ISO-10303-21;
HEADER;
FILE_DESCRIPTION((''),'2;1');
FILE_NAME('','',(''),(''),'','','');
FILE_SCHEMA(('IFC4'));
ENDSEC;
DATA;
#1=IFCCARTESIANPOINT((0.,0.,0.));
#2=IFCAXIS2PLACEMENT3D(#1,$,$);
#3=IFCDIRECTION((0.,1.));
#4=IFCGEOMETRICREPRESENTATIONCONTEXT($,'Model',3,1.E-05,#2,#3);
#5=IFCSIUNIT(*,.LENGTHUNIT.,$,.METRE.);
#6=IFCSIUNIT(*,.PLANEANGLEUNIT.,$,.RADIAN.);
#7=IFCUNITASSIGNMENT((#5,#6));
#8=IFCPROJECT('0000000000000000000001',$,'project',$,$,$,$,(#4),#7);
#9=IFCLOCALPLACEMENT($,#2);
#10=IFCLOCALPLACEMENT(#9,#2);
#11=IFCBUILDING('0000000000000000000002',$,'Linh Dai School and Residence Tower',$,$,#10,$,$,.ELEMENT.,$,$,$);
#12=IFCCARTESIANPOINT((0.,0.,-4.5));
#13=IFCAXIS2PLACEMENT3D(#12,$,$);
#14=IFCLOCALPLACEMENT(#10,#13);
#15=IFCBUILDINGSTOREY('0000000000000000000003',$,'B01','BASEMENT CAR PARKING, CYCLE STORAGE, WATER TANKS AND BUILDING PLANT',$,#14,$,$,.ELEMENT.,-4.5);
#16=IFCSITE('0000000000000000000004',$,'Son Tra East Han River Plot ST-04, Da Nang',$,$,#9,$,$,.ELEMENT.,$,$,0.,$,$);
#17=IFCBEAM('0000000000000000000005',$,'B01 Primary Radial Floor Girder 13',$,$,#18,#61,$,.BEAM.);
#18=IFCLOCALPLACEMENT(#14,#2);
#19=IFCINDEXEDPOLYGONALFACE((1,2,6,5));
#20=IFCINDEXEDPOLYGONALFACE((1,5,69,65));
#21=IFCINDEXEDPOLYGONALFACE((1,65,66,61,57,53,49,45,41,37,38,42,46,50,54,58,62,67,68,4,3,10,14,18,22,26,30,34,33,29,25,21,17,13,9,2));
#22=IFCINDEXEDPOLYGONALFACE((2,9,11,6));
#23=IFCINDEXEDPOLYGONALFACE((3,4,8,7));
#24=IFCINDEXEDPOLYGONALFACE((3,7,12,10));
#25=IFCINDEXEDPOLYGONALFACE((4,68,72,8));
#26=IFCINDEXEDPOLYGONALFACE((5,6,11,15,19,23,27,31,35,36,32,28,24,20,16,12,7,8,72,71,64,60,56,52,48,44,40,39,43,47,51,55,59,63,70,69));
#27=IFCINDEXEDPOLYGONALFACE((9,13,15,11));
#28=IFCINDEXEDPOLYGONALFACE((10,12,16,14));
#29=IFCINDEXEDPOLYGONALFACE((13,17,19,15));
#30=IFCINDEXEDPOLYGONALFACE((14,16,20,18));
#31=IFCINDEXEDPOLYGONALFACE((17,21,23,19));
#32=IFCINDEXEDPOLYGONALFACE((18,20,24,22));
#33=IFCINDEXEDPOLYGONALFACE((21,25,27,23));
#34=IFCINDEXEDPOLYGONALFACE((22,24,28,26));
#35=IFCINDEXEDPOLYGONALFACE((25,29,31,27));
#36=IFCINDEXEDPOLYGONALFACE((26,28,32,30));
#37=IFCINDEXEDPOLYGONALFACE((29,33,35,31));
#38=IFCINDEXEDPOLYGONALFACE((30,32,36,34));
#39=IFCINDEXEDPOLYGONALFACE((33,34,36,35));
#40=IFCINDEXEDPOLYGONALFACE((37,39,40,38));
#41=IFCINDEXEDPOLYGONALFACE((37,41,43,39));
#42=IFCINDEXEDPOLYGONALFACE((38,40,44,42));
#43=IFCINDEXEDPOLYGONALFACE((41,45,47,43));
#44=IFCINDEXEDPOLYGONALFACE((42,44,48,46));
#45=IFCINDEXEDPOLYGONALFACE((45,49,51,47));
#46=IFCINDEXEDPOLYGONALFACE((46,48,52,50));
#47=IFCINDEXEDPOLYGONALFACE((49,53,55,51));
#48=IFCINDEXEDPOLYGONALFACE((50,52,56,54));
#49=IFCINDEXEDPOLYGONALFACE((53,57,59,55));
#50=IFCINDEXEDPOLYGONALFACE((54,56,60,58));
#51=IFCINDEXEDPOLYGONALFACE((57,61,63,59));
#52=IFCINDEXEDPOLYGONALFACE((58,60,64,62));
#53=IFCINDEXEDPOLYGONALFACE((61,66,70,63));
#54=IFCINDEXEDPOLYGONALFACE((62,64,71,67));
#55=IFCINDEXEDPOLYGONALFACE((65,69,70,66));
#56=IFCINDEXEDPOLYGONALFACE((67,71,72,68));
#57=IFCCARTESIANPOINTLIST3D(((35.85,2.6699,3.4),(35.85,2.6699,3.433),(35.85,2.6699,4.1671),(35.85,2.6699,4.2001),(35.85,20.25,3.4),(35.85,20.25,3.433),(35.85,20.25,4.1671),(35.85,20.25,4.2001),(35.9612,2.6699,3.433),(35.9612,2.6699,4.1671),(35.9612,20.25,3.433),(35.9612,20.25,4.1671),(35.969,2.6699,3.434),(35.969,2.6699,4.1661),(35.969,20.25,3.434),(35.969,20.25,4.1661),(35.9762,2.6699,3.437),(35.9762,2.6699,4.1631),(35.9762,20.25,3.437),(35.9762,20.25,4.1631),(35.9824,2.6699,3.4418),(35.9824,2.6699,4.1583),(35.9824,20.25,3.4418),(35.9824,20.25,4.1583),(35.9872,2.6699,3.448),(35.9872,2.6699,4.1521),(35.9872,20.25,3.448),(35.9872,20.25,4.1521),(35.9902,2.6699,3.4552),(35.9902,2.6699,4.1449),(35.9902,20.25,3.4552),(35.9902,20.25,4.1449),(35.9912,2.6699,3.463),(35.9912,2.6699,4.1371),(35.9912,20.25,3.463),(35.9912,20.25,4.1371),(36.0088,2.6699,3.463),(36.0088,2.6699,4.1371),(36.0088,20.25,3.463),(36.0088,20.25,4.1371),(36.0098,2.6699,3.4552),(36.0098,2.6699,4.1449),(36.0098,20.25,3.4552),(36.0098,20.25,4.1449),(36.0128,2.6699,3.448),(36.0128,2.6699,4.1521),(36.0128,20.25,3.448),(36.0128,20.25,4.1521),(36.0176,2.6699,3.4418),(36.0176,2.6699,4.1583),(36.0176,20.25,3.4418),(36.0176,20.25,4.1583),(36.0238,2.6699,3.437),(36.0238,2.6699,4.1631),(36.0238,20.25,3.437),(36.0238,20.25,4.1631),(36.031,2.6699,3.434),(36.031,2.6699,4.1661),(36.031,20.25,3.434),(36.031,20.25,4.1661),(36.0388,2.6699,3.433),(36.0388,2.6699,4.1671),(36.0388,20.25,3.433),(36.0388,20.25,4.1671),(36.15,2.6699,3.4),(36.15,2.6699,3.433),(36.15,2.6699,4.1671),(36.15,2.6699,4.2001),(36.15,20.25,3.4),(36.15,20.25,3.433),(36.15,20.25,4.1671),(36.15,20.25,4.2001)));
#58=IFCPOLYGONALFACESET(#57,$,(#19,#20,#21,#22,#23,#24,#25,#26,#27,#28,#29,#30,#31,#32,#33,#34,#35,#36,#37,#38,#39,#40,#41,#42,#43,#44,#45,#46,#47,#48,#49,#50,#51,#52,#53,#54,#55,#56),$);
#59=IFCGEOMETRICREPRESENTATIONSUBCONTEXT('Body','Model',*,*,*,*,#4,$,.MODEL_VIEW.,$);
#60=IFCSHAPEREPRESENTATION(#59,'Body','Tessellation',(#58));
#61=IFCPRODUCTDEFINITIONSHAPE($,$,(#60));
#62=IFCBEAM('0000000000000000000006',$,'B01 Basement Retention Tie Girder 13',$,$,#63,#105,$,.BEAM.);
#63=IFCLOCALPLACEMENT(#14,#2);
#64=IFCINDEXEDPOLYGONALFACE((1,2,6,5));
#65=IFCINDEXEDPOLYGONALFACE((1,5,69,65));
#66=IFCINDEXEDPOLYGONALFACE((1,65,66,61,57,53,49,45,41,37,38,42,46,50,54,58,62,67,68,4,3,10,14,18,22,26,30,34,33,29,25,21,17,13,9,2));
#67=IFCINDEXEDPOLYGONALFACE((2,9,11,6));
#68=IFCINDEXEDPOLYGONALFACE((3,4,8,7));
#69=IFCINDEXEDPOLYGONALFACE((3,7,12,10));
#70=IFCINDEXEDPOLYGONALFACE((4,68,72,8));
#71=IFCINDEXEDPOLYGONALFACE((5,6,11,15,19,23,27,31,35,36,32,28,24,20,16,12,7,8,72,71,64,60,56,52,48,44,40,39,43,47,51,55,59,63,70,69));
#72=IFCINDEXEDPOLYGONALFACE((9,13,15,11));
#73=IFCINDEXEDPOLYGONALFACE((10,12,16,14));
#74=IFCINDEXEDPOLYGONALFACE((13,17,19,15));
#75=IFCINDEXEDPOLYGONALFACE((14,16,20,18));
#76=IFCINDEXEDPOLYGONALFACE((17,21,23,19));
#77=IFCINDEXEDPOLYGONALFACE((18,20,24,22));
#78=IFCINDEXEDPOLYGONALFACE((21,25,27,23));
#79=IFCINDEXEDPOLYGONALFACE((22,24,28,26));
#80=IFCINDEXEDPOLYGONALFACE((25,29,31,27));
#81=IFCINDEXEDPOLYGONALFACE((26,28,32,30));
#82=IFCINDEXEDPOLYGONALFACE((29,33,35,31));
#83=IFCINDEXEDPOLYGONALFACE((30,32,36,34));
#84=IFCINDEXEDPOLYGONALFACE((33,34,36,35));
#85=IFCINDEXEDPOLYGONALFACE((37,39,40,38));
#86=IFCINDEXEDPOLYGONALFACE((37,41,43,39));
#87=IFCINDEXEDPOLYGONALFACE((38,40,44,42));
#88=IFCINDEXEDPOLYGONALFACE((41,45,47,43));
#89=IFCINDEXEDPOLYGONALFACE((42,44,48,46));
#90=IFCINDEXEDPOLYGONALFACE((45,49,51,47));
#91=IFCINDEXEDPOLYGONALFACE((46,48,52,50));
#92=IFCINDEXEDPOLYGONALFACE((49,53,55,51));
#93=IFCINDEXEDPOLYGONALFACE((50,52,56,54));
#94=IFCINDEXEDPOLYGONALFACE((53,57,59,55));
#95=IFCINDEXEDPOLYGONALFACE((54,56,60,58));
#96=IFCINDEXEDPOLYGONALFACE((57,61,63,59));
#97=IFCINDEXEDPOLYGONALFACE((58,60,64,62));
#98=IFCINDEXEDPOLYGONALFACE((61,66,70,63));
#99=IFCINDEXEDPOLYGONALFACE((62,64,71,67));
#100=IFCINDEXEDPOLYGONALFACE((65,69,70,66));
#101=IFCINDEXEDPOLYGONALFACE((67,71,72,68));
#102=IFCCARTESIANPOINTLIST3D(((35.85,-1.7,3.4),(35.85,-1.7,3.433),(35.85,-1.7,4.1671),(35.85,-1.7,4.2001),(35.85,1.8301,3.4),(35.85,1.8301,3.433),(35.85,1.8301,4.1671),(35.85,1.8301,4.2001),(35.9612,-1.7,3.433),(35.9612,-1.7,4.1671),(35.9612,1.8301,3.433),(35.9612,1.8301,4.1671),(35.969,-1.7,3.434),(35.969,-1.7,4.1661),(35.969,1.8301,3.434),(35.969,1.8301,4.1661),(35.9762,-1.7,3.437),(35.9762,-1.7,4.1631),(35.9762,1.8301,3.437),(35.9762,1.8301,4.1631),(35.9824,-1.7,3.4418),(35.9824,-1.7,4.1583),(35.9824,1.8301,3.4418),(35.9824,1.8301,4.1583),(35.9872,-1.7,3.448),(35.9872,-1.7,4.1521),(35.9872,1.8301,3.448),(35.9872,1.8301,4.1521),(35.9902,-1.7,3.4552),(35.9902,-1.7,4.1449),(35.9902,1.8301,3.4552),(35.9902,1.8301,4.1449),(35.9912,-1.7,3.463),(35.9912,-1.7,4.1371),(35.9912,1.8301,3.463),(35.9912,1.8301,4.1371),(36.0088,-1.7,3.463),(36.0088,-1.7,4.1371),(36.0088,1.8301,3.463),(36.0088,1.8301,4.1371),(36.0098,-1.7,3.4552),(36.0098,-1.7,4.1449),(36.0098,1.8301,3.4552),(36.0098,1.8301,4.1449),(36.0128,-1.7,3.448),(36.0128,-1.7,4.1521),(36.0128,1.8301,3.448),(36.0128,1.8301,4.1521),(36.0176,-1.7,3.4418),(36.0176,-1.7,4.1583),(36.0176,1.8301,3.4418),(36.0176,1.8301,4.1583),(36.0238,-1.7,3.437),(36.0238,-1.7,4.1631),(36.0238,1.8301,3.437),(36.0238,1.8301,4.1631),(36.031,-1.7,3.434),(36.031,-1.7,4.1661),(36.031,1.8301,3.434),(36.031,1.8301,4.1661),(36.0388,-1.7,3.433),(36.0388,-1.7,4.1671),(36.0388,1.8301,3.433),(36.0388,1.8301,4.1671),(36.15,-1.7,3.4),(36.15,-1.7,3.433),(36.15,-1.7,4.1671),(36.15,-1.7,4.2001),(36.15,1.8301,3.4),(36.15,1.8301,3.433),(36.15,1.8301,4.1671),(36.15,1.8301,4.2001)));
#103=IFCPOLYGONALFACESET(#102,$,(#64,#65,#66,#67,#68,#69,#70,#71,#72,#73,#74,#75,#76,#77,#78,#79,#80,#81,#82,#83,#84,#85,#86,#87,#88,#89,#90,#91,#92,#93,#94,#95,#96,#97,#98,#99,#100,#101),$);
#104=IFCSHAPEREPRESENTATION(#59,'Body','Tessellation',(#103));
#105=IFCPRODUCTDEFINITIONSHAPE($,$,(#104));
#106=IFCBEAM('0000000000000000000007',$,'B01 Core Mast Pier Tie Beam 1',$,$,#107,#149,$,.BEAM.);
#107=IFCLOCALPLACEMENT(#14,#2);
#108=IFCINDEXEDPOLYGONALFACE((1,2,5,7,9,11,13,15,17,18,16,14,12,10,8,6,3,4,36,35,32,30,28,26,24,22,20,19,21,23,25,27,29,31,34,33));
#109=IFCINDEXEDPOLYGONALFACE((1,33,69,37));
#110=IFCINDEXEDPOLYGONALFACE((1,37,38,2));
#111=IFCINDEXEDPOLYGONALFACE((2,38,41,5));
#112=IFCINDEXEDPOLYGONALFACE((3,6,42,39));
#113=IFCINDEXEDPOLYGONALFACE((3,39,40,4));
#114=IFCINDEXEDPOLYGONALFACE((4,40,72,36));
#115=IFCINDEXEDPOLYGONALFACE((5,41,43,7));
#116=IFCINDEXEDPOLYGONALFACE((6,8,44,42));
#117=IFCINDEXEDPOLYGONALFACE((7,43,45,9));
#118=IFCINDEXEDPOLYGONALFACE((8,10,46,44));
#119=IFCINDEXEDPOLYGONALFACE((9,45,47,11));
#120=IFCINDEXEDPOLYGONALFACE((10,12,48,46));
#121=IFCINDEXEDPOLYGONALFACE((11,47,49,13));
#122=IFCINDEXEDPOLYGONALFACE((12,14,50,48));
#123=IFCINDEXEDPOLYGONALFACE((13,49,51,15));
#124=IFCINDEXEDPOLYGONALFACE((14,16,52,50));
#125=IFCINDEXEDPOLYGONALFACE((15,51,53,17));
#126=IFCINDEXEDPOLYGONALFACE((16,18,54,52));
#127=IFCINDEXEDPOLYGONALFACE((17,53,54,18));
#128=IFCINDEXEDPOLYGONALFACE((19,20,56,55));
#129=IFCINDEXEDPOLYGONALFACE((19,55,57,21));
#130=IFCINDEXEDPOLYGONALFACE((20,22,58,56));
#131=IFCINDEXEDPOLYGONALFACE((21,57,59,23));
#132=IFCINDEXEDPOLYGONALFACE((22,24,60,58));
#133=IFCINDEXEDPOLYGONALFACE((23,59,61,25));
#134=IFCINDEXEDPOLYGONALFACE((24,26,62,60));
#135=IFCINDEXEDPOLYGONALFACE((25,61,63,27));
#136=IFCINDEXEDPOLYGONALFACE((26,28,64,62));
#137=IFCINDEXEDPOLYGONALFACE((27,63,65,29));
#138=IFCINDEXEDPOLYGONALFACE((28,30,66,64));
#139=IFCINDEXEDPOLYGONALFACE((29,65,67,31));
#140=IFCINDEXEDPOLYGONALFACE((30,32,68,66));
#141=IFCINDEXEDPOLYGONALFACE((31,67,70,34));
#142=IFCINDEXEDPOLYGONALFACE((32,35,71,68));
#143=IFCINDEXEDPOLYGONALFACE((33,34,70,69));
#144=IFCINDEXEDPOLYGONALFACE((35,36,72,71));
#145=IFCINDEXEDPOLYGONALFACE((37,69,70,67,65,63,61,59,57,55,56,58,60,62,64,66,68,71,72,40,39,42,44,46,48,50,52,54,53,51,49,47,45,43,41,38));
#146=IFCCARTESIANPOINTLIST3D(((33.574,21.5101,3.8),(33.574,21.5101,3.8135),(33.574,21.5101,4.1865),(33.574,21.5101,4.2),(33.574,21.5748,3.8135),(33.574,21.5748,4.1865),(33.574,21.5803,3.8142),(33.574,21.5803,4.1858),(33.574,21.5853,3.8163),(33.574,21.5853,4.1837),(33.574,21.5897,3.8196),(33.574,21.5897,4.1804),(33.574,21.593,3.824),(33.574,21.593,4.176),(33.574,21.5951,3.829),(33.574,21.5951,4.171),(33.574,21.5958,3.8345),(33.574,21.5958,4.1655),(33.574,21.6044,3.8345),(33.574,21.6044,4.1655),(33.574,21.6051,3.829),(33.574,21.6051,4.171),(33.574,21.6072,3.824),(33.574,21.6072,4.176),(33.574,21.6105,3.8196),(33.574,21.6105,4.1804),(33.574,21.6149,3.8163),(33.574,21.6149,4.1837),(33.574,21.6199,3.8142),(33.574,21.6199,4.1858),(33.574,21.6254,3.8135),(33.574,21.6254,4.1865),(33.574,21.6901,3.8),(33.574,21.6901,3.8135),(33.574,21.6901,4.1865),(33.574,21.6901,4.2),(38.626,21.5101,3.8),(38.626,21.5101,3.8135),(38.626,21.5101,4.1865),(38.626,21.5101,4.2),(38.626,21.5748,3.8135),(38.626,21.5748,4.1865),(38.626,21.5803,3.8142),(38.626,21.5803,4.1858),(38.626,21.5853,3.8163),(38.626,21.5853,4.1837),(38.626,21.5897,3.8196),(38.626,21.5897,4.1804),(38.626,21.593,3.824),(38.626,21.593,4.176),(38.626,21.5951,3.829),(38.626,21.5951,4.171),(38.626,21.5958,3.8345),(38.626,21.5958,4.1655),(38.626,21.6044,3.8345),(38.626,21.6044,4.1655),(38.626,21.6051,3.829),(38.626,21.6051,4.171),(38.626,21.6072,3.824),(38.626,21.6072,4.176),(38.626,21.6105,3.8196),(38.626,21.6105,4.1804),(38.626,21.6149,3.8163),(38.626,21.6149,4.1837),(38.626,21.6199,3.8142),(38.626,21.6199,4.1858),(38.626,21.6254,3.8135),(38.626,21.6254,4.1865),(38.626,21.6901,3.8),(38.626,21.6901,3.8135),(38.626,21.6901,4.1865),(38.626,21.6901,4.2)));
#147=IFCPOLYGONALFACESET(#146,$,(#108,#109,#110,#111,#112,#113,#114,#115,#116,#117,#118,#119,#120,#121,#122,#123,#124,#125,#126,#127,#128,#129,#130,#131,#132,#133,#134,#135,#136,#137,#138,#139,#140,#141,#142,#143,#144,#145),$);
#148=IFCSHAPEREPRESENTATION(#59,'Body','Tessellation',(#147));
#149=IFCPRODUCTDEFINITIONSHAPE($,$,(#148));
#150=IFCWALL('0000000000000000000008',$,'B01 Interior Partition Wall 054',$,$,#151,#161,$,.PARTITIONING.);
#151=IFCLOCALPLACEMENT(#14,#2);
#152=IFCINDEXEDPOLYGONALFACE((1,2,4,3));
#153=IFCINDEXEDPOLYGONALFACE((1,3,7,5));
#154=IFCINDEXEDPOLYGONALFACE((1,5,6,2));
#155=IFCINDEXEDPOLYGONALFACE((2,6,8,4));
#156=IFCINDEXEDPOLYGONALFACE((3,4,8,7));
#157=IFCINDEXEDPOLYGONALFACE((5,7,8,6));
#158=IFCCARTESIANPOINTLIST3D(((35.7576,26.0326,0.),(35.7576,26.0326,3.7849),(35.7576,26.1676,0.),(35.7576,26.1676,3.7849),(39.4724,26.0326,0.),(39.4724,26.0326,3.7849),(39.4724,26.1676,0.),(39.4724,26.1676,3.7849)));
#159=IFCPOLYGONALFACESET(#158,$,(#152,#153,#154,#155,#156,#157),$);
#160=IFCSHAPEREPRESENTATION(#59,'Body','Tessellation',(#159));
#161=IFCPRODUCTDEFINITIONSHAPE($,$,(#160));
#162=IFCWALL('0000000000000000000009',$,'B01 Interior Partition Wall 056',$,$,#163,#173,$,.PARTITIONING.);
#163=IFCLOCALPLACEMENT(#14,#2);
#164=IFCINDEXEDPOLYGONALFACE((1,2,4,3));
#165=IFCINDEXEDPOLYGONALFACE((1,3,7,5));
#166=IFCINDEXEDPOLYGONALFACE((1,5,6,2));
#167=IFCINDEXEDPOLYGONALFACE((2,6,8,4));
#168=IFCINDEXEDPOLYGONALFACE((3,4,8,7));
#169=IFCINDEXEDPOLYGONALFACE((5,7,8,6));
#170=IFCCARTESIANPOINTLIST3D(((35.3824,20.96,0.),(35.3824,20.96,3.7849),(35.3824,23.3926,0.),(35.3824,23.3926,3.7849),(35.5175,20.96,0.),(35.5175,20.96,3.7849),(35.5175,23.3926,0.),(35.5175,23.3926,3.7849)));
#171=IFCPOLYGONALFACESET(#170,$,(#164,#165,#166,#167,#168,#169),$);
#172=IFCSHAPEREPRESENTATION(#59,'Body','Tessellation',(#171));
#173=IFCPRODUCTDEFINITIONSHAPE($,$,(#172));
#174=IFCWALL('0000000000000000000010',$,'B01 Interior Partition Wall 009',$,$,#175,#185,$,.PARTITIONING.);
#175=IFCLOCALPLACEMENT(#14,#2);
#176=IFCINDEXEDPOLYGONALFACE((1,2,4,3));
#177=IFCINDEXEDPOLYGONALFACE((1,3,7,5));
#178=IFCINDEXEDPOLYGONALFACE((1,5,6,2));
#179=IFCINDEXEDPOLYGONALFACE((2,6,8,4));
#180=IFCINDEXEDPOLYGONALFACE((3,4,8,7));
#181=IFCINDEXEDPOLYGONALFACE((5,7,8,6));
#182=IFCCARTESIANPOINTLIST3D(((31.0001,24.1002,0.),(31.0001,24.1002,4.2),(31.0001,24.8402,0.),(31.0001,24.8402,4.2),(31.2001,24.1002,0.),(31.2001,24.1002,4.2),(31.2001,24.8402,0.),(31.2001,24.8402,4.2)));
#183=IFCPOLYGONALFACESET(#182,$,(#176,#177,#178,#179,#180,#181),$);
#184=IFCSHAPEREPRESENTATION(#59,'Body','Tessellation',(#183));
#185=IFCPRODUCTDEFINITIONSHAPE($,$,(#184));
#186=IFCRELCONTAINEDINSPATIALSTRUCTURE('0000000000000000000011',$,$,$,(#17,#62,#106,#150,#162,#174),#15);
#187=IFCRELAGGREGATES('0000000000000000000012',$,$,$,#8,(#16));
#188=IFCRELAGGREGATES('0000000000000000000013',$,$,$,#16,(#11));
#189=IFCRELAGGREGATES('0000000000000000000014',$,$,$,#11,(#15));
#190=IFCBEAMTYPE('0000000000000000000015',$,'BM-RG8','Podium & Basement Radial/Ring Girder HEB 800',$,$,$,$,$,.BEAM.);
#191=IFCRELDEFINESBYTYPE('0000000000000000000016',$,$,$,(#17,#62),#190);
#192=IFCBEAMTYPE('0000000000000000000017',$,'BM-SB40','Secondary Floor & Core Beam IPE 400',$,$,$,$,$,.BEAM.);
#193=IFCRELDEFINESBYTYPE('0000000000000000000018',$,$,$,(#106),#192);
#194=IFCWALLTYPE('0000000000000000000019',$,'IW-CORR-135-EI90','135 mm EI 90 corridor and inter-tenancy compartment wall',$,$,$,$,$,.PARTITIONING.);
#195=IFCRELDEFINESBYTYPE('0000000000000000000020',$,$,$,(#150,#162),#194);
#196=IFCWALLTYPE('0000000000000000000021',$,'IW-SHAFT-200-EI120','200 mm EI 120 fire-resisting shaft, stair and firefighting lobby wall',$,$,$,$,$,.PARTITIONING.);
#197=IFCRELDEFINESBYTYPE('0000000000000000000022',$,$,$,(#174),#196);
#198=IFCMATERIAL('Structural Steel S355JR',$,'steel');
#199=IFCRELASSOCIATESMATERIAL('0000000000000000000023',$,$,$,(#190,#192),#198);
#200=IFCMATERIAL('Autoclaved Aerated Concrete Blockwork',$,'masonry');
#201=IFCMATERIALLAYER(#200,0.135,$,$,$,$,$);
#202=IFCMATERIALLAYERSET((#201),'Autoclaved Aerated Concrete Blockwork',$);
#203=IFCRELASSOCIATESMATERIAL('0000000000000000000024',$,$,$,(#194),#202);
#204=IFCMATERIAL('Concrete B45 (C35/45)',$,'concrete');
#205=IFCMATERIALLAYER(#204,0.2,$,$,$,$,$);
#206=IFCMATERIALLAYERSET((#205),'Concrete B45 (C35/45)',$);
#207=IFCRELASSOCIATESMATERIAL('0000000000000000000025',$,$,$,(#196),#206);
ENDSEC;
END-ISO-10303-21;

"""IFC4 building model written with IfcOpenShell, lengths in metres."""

from ifc_helpers import new_model, si_unit, direction, frame, frame_2d, origin, origin_2d, place, context, subcontext, project, spatial, rectangle, i_section, extrude, material, layer, layer_set, material_profile, profile_set, type_object, element, save


model = new_model("IFC4")

# Units and contexts
model_context = context("Model", 3, precision=1e-05, world=origin(), true_north=direction((0.0, 1.0)))
body_context = subcontext(model_context, "Body", "Model", "MODEL_VIEW")
ifc_project = project(units=[si_unit("LENGTHUNIT", "METRE"), si_unit("PLANEANGLEUNIT", "RADIAN")], contexts=[model_context])

# Site, building, storey
site_placement = place(None, origin())
site = spatial("IfcSite", under=ifc_project, at=site_placement, Name="Son Tra East Han River Plot ST-04, Da Nang", CompositionType="ELEMENT", RefElevation=0.0)
building_placement = place(site_placement, origin())
building = spatial("IfcBuilding", under=site, at=building_placement, Name="Linh Dai School and Residence Tower", CompositionType="ELEMENT")
storey_placement = place(building_placement, frame((0.0, 0.0, -4.5)))
storey = spatial("IfcBuildingStorey", under=building, at=storey_placement, Name="B01", Description="BASEMENT CAR PARKING, CYCLE STORAGE, WATER TANKS AND BUILDING PLANT", CompositionType="ELEMENT", Elevation=-4.5)

# Shared definitions
ifc_material_1 = material(Name="Structural Steel S355JR", Category="steel")

# Beams
ifc_material_profile_1 = material_profile(ifc_material_1, i_section(OverallWidth=0.3, OverallDepth=0.8, WebThickness=0.0176, FlangeThickness=0.033, FilletRadius=0.03, at=origin_2d()), Name="HEB 800")
ifc_profile_set_1 = profile_set([ifc_material_profile_1], Name="Structural Steel S355JR")
beam_type_1 = type_object("IfcBeamType", Name="BM-RG8", Description="Podium & Basement Radial/Ring Girder HEB 800", PredefinedType="BEAM", material=ifc_profile_set_1)
beam_1_placement = place(storey_placement, frame((36.0, 20.25, 3.8), z_axis=(0.0, -1.0, 0.0), x_axis=(1.0, 0.0, 0.0)))
element("IfcBeam", 1, at=beam_1_placement, inside=storey, type_object=beam_type_1, Name="B01 Primary Radial Floor Girder 13", PredefinedType="BEAM", context=body_context, shape_type="SweptSolid", body=[
    extrude(i_section(OverallWidth=0.3, OverallDepth=0.8, WebThickness=0.0176, FlangeThickness=0.033, FilletRadius=0.03, at=origin_2d()), origin(), (0.0, 0.0, 1.0), 17.5801),
])
beam_2_placement = place(storey_placement, frame((36.0, 1.8301, 3.8), z_axis=(0.0, -1.0, 0.0), x_axis=(1.0, 0.0, 0.0)))
element("IfcBeam", 2, at=beam_2_placement, inside=storey, type_object=beam_type_1, Name="B01 Basement Retention Tie Girder 13", PredefinedType="BEAM", context=body_context, shape_type="SweptSolid", body=[
    extrude(i_section(OverallWidth=0.3, OverallDepth=0.8, WebThickness=0.0176, FlangeThickness=0.033, FilletRadius=0.03, at=origin_2d()), origin(), (0.0, 0.0, 1.0), 3.53),
])
ifc_material_profile_2 = material_profile(ifc_material_1, i_section(OverallWidth=0.1799, OverallDepth=0.3999, WebThickness=0.0085, FlangeThickness=0.0134, FilletRadius=0.021, at=origin_2d()), Name="IPE 400")
ifc_profile_set_2 = profile_set([ifc_material_profile_2], Name="Structural Steel S355JR")
beam_type_2 = type_object("IfcBeamType", Name="BM-SB40", Description="Secondary Floor & Core Beam IPE 400", PredefinedType="BEAM", material=ifc_profile_set_2)
beam_3_placement = place(storey_placement, frame((33.574, 21.6001, 4.0), z_axis=(1.0, 0.0, 0.0), x_axis=(0.0, 1.0, 0.0)))
element("IfcBeam", 3, at=beam_3_placement, inside=storey, type_object=beam_type_2, Name="B01 Core Mast Pier Tie Beam 1", PredefinedType="BEAM", context=body_context, shape_type="SweptSolid", body=[
    extrude(i_section(OverallWidth=0.1799, OverallDepth=0.3999, WebThickness=0.0085, FlangeThickness=0.0134, FilletRadius=0.021, at=origin_2d()), origin(), (0.0, 0.0, 1.0), 5.052),
])

# Walls
ifc_material_2 = material(Name="Autoclaved Aerated Concrete Blockwork", Category="masonry")
ifc_layer_1 = layer(ifc_material_2, 0.135)
ifc_layer_set_1 = layer_set([ifc_layer_1], Name="Autoclaved Aerated Concrete Blockwork")
wall_type_1 = type_object("IfcWallType", Name="IW-CORR-135-EI90", Description="135 mm EI 90 corridor and inter-tenancy compartment wall", PredefinedType="PARTITIONING", material=ifc_layer_set_1)
wall_1_placement = place(storey_placement, frame((35.7576, 26.1001, 0.0), z_axis=(0.0, 0.0, 1.0), x_axis=(1.0, 0.0, 0.0)))
element("IfcWall", 4, at=wall_1_placement, inside=storey, type_object=wall_type_1, Name="B01 Interior Partition Wall 054", PredefinedType="PARTITIONING", context=body_context, shape_type="SweptSolid", body=[
    extrude(rectangle(XDim=3.7148, YDim=0.135, at=frame_2d((1.8574, 0.0))), origin(), (0.0, 0.0, 1.0), 3.7849),
])
wall_2_placement = place(storey_placement, frame((35.45, 23.3926, 0.0), z_axis=(0.0, 0.0, 1.0), x_axis=(0.0, -1.0, 0.0)))
element("IfcWall", 5, at=wall_2_placement, inside=storey, type_object=wall_type_1, Name="B01 Interior Partition Wall 056", PredefinedType="PARTITIONING", context=body_context, shape_type="SweptSolid", body=[
    extrude(rectangle(XDim=2.4326, YDim=0.135, at=frame_2d((1.2163, 0.0))), origin(), (0.0, 0.0, 1.0), 3.7849),
])
ifc_material_3 = material(Name="Concrete B45 (C35/45)", Category="concrete")
ifc_layer_2 = layer(ifc_material_3, 0.2)
ifc_layer_set_2 = layer_set([ifc_layer_2], Name="Concrete B45 (C35/45)")
wall_type_2 = type_object("IfcWallType", Name="IW-SHAFT-200-EI120", Description="200 mm EI 120 fire-resisting shaft, stair and firefighting lobby wall", PredefinedType="PARTITIONING", material=ifc_layer_set_2)
wall_3_placement = place(storey_placement, frame((31.1001, 24.1001, 0.0), z_axis=(0.0, 0.0, 1.0), x_axis=(0.0, 1.0, 0.0)))
element("IfcWall", 6, at=wall_3_placement, inside=storey, type_object=wall_type_2, Name="B01 Interior Partition Wall 009", PredefinedType="PARTITIONING", context=body_context, shape_type="SweptSolid", body=[
    extrude(rectangle(XDim=0.74, YDim=0.2, at=frame_2d((0.3701, 0.0))), origin(), (0.0, 0.0, 1.0), 4.2),
])

save(model, "model.ifc")
